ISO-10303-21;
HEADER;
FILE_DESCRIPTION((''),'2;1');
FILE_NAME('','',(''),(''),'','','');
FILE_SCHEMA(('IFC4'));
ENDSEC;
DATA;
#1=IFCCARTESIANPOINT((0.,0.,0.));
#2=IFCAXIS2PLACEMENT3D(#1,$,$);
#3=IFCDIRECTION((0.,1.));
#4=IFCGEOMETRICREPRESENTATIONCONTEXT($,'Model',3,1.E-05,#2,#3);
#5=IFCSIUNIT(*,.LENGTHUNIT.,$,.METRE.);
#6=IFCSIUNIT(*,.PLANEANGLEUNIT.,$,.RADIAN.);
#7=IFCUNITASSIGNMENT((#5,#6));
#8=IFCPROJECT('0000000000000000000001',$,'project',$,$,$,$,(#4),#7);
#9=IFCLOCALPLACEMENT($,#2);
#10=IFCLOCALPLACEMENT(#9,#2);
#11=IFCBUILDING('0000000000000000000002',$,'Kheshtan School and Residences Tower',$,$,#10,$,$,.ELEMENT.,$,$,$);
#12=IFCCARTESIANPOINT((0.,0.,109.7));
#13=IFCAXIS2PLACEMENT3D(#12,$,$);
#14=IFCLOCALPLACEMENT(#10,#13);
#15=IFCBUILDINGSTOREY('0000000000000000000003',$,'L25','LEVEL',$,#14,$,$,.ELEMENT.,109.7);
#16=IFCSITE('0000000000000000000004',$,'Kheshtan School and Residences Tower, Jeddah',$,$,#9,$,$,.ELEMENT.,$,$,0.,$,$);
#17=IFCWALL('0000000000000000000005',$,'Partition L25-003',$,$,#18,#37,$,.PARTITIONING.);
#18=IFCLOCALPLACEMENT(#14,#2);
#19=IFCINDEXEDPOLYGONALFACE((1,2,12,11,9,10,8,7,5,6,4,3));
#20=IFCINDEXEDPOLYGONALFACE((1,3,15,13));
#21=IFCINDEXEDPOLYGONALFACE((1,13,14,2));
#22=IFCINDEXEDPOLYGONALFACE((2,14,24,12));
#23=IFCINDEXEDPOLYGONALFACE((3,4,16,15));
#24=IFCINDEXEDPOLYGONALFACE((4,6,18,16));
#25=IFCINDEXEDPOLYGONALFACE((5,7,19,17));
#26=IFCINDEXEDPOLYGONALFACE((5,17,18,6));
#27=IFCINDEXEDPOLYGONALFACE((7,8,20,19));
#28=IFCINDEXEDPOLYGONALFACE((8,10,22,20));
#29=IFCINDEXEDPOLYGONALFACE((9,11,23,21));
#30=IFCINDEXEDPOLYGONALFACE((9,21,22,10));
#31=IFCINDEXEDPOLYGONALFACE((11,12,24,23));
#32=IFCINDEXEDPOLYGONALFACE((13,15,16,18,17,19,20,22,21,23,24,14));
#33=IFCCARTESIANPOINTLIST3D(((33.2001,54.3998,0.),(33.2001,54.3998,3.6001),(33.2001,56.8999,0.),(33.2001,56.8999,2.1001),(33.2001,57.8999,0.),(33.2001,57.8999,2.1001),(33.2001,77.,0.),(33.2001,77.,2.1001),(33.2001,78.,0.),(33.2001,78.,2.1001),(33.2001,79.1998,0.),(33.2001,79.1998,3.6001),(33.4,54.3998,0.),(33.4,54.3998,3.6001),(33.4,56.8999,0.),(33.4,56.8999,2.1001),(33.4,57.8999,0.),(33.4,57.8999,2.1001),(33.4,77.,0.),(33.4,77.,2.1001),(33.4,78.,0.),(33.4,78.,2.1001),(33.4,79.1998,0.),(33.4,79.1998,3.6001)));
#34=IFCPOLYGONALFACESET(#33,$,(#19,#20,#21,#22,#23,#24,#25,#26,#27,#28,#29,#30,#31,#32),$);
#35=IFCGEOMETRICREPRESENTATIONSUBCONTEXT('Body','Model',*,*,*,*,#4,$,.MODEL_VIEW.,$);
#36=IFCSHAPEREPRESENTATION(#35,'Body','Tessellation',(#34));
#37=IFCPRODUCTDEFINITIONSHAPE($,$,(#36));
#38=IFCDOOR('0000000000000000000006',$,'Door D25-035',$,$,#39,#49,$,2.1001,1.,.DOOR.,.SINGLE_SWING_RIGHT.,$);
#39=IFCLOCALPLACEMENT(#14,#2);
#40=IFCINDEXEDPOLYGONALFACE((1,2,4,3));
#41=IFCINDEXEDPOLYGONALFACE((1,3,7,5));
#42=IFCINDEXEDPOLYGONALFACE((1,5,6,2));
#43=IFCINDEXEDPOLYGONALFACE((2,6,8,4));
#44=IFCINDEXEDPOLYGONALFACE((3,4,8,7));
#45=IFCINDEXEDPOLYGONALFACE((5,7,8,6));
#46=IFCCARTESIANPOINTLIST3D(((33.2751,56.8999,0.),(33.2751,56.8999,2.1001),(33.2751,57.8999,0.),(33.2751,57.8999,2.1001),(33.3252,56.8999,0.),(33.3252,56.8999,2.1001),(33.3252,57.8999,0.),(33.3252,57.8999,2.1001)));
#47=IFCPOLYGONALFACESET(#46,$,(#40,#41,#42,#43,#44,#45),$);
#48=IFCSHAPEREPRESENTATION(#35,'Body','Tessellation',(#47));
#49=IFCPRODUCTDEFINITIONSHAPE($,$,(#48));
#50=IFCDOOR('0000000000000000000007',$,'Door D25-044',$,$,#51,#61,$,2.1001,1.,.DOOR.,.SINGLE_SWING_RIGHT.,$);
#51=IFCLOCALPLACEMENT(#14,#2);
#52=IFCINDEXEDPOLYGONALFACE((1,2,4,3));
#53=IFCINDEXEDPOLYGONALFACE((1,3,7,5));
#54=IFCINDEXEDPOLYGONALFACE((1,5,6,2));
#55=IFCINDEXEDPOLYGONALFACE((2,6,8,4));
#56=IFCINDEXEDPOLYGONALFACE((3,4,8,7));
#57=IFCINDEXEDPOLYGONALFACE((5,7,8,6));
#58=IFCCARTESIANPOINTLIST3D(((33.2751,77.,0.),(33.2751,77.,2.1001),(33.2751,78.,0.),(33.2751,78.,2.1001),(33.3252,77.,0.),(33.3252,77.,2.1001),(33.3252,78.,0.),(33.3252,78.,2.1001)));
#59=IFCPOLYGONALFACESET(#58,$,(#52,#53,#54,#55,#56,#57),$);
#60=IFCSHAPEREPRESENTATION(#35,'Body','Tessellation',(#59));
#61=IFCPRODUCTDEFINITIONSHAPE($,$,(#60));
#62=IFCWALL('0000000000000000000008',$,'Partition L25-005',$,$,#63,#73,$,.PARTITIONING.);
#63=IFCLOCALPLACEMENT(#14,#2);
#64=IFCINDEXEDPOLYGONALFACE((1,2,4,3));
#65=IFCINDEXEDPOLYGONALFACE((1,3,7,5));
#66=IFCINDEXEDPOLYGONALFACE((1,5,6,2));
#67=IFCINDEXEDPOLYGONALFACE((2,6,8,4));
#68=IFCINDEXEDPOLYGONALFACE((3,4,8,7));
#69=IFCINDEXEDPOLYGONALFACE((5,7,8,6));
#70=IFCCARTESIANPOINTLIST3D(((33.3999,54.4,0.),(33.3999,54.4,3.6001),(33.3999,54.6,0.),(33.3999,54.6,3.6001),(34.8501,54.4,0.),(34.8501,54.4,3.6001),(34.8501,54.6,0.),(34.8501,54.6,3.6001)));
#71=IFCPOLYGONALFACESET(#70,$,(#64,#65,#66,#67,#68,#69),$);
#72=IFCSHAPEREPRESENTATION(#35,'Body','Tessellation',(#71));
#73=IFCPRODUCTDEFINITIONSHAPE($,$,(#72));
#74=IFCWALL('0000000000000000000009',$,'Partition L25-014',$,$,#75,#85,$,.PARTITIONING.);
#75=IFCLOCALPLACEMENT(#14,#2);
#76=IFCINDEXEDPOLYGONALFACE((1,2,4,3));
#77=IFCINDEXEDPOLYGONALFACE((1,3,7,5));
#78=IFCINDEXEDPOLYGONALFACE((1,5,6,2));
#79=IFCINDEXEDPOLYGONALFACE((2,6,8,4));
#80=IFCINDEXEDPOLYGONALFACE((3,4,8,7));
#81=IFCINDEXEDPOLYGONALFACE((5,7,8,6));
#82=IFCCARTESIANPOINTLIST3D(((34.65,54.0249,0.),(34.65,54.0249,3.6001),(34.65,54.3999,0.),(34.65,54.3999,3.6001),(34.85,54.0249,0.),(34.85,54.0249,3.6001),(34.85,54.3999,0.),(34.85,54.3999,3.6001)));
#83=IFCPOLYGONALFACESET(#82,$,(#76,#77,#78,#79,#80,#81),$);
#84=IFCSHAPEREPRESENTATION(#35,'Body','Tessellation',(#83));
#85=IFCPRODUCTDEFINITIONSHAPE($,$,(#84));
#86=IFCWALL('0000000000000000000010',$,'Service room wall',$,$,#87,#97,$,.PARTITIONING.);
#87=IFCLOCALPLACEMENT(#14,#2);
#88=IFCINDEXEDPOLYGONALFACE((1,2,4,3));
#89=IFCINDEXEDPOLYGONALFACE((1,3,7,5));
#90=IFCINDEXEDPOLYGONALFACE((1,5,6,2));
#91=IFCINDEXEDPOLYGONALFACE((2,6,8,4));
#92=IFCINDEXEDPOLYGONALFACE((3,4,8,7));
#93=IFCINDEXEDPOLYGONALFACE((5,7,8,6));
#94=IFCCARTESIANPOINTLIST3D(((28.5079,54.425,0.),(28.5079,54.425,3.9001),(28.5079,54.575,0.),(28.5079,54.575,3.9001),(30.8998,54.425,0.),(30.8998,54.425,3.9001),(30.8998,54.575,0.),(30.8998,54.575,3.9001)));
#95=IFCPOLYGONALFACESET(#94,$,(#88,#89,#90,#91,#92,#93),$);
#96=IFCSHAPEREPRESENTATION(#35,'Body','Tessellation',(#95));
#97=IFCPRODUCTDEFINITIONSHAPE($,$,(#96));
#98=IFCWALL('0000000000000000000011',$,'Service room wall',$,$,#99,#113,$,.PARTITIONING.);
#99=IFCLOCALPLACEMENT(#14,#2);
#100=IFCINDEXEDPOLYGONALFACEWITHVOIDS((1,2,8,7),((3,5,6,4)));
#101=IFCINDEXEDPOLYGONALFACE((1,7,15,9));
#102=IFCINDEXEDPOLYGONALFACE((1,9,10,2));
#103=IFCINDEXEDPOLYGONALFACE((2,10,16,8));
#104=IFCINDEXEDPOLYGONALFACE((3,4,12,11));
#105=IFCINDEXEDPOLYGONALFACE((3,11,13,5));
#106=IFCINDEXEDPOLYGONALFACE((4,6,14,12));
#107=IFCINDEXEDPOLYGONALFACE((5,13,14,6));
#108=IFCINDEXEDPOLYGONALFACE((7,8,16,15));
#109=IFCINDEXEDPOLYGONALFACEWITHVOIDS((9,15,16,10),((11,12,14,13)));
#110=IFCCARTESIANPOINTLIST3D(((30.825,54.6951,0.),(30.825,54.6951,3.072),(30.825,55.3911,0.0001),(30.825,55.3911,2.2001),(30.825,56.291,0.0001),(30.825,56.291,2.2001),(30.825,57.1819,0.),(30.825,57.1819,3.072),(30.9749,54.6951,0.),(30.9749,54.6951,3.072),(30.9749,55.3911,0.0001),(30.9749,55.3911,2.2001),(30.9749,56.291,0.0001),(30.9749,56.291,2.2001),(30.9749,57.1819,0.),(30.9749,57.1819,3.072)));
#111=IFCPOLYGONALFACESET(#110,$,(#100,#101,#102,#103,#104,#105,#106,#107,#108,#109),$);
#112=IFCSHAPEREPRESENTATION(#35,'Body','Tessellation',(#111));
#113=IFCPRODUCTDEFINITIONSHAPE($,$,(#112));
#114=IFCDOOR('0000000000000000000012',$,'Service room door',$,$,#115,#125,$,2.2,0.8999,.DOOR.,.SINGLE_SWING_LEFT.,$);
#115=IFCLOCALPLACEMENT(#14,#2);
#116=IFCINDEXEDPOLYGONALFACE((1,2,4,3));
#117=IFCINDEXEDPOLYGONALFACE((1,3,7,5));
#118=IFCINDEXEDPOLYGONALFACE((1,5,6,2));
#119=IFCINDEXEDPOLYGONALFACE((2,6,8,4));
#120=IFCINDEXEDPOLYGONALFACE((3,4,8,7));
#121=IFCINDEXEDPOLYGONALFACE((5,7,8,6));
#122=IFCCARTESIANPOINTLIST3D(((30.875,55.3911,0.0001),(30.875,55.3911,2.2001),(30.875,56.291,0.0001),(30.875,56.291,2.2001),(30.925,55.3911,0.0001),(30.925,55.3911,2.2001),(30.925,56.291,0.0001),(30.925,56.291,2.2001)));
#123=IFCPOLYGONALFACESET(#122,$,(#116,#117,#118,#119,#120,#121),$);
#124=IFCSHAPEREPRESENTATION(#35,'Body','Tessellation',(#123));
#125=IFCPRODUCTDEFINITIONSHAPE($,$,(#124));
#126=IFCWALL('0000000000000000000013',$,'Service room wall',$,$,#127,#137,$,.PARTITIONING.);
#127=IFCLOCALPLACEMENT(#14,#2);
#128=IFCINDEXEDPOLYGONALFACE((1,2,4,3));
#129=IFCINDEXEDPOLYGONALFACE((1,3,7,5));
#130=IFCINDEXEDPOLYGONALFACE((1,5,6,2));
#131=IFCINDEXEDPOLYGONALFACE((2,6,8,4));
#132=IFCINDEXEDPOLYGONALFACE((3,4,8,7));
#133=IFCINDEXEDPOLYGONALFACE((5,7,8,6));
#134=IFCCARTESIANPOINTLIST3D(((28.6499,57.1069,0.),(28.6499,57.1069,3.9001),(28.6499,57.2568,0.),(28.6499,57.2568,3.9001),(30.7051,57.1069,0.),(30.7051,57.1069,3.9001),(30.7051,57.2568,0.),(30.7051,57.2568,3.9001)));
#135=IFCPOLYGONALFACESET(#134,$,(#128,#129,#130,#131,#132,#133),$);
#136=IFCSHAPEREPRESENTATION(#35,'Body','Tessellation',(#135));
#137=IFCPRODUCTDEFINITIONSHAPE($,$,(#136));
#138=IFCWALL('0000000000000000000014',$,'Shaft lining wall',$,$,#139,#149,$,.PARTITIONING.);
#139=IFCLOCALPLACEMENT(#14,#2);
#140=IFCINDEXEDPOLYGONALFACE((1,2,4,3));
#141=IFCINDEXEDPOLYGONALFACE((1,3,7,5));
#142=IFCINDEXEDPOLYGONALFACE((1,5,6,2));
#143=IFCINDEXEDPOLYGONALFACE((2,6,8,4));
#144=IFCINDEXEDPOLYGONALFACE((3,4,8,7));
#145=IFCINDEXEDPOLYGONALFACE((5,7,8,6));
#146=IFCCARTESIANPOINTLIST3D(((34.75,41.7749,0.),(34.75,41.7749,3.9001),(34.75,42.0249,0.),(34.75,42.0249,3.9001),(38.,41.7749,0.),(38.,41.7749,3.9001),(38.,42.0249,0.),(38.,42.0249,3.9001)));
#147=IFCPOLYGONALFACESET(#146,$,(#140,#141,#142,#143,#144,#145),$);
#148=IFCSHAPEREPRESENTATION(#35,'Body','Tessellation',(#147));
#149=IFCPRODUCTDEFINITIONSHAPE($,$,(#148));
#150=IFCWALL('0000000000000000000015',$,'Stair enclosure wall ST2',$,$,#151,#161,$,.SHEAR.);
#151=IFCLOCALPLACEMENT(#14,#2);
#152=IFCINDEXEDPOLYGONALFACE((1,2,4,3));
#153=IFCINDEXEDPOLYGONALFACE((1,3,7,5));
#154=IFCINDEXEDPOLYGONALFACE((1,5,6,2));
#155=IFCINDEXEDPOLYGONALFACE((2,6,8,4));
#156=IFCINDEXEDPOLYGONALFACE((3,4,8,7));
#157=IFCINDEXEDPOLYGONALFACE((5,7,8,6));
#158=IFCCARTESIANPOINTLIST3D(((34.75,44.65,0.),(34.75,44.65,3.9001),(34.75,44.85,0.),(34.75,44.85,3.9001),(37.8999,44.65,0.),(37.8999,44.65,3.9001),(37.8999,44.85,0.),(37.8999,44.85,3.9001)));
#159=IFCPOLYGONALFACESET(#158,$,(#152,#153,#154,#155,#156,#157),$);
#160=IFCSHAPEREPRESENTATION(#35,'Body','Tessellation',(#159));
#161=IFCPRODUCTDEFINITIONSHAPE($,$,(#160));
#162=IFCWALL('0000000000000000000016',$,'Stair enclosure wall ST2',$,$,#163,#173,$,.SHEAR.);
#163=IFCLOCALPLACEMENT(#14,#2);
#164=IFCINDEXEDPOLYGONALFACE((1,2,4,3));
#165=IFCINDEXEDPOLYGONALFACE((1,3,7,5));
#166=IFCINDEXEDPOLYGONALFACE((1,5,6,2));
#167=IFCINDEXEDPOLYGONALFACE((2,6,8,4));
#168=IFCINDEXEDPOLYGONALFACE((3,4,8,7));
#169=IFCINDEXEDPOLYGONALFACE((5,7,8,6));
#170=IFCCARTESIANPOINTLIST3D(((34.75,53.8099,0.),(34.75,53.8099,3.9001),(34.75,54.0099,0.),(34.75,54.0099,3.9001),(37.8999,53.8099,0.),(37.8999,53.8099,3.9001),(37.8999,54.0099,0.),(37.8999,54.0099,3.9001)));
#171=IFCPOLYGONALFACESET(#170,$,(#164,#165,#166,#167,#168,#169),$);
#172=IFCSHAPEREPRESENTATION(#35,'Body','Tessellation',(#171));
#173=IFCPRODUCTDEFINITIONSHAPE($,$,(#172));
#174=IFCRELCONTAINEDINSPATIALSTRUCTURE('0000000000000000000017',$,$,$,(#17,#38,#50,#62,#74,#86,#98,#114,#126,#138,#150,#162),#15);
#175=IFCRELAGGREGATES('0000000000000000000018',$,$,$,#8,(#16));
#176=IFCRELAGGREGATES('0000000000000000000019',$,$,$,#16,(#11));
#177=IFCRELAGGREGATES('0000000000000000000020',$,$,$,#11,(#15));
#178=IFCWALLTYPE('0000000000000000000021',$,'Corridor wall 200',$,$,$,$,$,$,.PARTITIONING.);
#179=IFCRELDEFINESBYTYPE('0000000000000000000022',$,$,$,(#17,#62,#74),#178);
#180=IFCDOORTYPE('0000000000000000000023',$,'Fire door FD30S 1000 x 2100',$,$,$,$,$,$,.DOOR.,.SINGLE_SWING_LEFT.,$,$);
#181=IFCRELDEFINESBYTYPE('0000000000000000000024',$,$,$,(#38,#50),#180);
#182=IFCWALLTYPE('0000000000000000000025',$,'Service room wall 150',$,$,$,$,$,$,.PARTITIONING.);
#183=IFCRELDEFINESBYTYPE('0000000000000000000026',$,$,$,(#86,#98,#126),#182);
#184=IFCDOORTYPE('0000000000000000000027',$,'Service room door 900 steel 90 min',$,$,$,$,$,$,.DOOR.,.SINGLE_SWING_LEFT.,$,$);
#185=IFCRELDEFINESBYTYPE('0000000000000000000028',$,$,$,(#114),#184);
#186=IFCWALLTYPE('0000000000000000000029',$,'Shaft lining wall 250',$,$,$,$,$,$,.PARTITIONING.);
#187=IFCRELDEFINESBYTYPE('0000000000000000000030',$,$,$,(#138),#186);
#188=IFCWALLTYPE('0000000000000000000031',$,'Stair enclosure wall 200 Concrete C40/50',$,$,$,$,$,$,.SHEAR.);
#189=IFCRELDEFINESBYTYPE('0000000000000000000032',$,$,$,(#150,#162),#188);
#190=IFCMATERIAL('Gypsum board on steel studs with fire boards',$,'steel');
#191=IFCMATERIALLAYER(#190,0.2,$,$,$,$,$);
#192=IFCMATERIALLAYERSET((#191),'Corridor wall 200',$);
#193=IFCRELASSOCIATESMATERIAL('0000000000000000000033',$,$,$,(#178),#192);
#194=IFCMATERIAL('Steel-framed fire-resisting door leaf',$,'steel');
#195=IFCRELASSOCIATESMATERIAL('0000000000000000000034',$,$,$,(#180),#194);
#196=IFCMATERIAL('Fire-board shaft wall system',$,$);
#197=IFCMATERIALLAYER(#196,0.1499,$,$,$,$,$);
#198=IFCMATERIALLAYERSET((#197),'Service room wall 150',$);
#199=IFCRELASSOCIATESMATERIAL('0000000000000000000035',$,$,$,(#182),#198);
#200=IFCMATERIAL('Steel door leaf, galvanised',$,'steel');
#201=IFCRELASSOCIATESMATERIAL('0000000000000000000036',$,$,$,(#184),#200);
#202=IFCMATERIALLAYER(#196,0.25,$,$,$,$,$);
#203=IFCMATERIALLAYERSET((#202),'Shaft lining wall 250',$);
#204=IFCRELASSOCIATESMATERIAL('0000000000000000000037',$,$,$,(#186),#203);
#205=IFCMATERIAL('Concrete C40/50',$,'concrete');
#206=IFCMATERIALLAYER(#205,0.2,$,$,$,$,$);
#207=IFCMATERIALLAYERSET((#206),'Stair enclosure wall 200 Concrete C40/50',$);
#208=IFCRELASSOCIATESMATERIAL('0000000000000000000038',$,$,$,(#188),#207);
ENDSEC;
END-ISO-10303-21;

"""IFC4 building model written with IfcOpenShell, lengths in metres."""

from ifc_helpers import new_model, si_unit, direction, frame, frame_2d, origin, place, context, subcontext, project, spatial, rectangle, extrude, source, transform, mapped, material, layer, layer_set, type_object, element, fill, save


model = new_model("IFC4")

# Units and contexts
model_context = context("Model", 3, precision=1e-05, world=origin(), true_north=direction((0.0, 1.0)))
body_context = subcontext(model_context, "Body", "Model", "MODEL_VIEW")
ifc_project = project(units=[si_unit("LENGTHUNIT", "METRE"), si_unit("PLANEANGLEUNIT", "RADIAN")], contexts=[model_context])

# Site, building, storey
site_placement = place(None, origin())
site = spatial("IfcSite", under=ifc_project, at=site_placement, Name="Kheshtan School and Residences Tower, Jeddah", CompositionType="ELEMENT", RefElevation=0.0)
building_placement = place(site_placement, origin())
building = spatial("IfcBuilding", under=site, at=building_placement, Name="Kheshtan School and Residences Tower", CompositionType="ELEMENT")
storey_placement = place(building_placement, frame((0.0, 0.0, 109.7)))
storey = spatial("IfcBuildingStorey", under=building, at=storey_placement, Name="L25", Description="LEVEL", CompositionType="ELEMENT", Elevation=109.7)

# Wall, openings, doors
ifc_material_1 = material(Name="Gypsum board on steel studs with fire boards", Category="steel")
ifc_layer_1 = layer(ifc_material_1, 0.2)
ifc_layer_set_1 = layer_set([ifc_layer_1], Name="Corridor wall 200")
wall_type_1 = type_object("IfcWallType", Name="Corridor wall 200", PredefinedType="PARTITIONING", material=ifc_layer_set_1)
wall_1_placement = place(storey_placement, frame((33.3, 54.3999, 0.0), z_axis=(0.0, 0.0, 1.0), x_axis=(0.0, 1.0, 0.0)))
wall_1 = element("IfcWall", 1, at=wall_1_placement, inside=storey, type_object=wall_type_1, Name="Partition L25-003", PredefinedType="PARTITIONING", context=body_context, shape_type="SweptSolid", body=[
    extrude(rectangle(XDim=24.8, YDim=0.2, at=frame_2d((12.3999, 0.0))), origin(), (0.0, 0.0, 1.0), 3.6001),
])
opening_1_placement = place(wall_1_placement, frame((2.5, 0.0, 0.0)))
opening_1 = element("IfcOpeningElement", 2, at=opening_1_placement, cuts=wall_1, PredefinedType="OPENING", context=body_context, shape_type="SweptSolid", body=[
    extrude(rectangle(XDim=1.0, YDim=2.1001, at=frame_2d((0.5, 1.05))), frame((0.0, 0.1099, 0.0), z_axis=(0.0, -1.0, 0.0), x_axis=(1.0, 0.0, 0.0)), (0.0, 0.0, 1.0), 0.22),
])
opening_2_placement = place(wall_1_placement, frame((22.6001, 0.0, 0.0)))
opening_2 = element("IfcOpeningElement", 3, at=opening_2_placement, cuts=wall_1, PredefinedType="OPENING", context=body_context, shape_type="SweptSolid", body=[
    extrude(rectangle(XDim=1.0, YDim=2.1001, at=frame_2d((0.5, 1.05))), frame((0.0, 0.1099, 0.0), z_axis=(0.0, -1.0, 0.0), x_axis=(1.0, 0.0, 0.0)), (0.0, 0.0, 1.0), 0.22),
])
ifc_material_2 = material(Name="Steel-framed fire-resisting door leaf", Category="steel")
door_type_1 = type_object("IfcDoorType", Name="Fire door FD30S 1000 x 2100", OperationType="SINGLE_SWING_LEFT", PredefinedType="DOOR", material=ifc_material_2)
shared_shape_1 = source(origin(), body_context, "Body", "SweptSolid", [
    extrude(rectangle(XDim=1.0, YDim=2.1001, at=frame_2d((0.5, 1.05))), frame((0.0, 0.0249, 0.0), z_axis=(0.0, -1.0, 0.0), x_axis=(1.0, 0.0, 0.0)), (0.0, 0.0, 1.0), 0.05),
])
door_1_placement = place(opening_1_placement, origin())
door_1 = element("IfcDoor", 4, at=door_1_placement, inside=storey, type_object=door_type_1, Name="Door D25-035", OperationType="SINGLE_SWING_RIGHT", OverallHeight=2.1001, OverallWidth=1.0, PredefinedType="DOOR", context=body_context, shape_type="MappedRepresentation", body=[
    mapped(shared_shape_1, transform((0.0, 0.0, 0.0), x_axis=(1.0, 0.0, 0.0), y_axis=(0.0, 1.0, 0.0), z_axis=(0.0, 0.0, 1.0), scale=1.0)),
])
fill(opening_1, door_1)
door_2_placement = place(opening_2_placement, origin())
door_2 = element("IfcDoor", 5, at=door_2_placement, inside=storey, type_object=door_type_1, Name="Door D25-044", OperationType="SINGLE_SWING_RIGHT", OverallHeight=2.1001, OverallWidth=1.0, PredefinedType="DOOR", context=body_context, shape_type="MappedRepresentation", body=[
    mapped(shared_shape_1, transform((0.0, 0.0, 0.0), x_axis=(1.0, 0.0, 0.0), y_axis=(0.0, 1.0, 0.0), z_axis=(0.0, 0.0, 1.0), scale=1.0)),
])
fill(opening_2, door_2)

# Walls
wall_2_placement = place(storey_placement, frame((33.3999, 54.5, 0.0), z_axis=(0.0, 0.0, 1.0), x_axis=(1.0, 0.0, 0.0)))
element("IfcWall", 6, at=wall_2_placement, inside=storey, type_object=wall_type_1, Name="Partition L25-005", PredefinedType="PARTITIONING", context=body_context, shape_type="SweptSolid", body=[
    extrude(rectangle(XDim=1.4502, YDim=0.2, at=frame_2d((0.7251, 0.0))), origin(), (0.0, 0.0, 1.0), 3.6001),
])
wall_3_placement = place(storey_placement, frame((34.75, 54.0249, 0.0), z_axis=(0.0, 0.0, 1.0), x_axis=(0.0, 1.0, 0.0)))
element("IfcWall", 7, at=wall_3_placement, inside=storey, type_object=wall_type_1, Name="Partition L25-014", PredefinedType="PARTITIONING", context=body_context, shape_type="SweptSolid", body=[
    extrude(rectangle(XDim=0.375, YDim=0.2, at=frame_2d((0.1875, 0.0))), origin(), (0.0, 0.0, 1.0), 3.6001),
])
ifc_material_3 = material(Name="Fire-board shaft wall system")
ifc_layer_2 = layer(ifc_material_3, 0.1499)
ifc_layer_set_2 = layer_set([ifc_layer_2], Name="Service room wall 150")
wall_type_2 = type_object("IfcWallType", Name="Service room wall 150", PredefinedType="PARTITIONING", material=ifc_layer_set_2)
wall_4_placement = place(storey_placement, frame((28.5081, 54.5, 0.0), z_axis=(0.0, 0.0, 1.0), x_axis=(1.0, 0.0, 0.0)))
element("IfcWall", 8, at=wall_4_placement, inside=storey, type_object=wall_type_2, Name="Service room wall", PredefinedType="PARTITIONING", context=body_context, shape_type="SweptSolid", body=[
    extrude(rectangle(XDim=2.3918, YDim=0.1499, at=frame_2d((1.1958, 0.0))), origin(), (0.0, 0.0, 1.0), 3.9001),
])

# Wall, opening, door
wall_5_placement = place(storey_placement, frame((30.8999, 54.6951, 0.0), z_axis=(0.0, 0.0, 1.0), x_axis=(0.0, 1.0, 0.0)))
wall_5 = element("IfcWall", 9, at=wall_5_placement, inside=storey, type_object=wall_type_2, Name="Service room wall", PredefinedType="PARTITIONING", context=body_context, shape_type="SweptSolid", body=[
    extrude(rectangle(XDim=2.4868, YDim=0.1499, at=frame_2d((1.2434, 0.0))), origin(), (0.0, 0.0, 1.0), 3.072),
])
opening_3_placement = place(wall_5_placement, frame((0.696, 0.0, 0.0)))
opening_3 = element("IfcOpeningElement", 10, at=opening_3_placement, cuts=wall_5, PredefinedType="OPENING", context=body_context, shape_type="SweptSolid", body=[
    extrude(rectangle(XDim=0.8999, YDim=2.2, at=frame_2d((0.45, 1.1001))), frame((0.0, 0.085, 0.0), z_axis=(0.0, -1.0, 0.0), x_axis=(1.0, 0.0, 0.0)), (0.0, 0.0, 1.0), 0.1699),
])
ifc_material_4 = material(Name="Steel door leaf, galvanised", Category="steel")
door_type_2 = type_object("IfcDoorType", Name="Service room door 900 steel 90 min", OperationType="SINGLE_SWING_LEFT", PredefinedType="DOOR", material=ifc_material_4)
shared_shape_2 = source(origin(), body_context, "Body", "SweptSolid", [
    extrude(rectangle(XDim=0.8999, YDim=2.2, at=frame_2d((0.45, 1.1001))), frame((0.0, 0.0249, 0.0), z_axis=(0.0, -1.0, 0.0), x_axis=(1.0, 0.0, 0.0)), (0.0, 0.0, 1.0), 0.05),
])
door_3_placement = place(opening_3_placement, origin())
door_3 = element("IfcDoor", 11, at=door_3_placement, inside=storey, type_object=door_type_2, Name="Service room door", OperationType="SINGLE_SWING_LEFT", OverallHeight=2.2, OverallWidth=0.8999, PredefinedType="DOOR", context=body_context, shape_type="MappedRepresentation", body=[
    mapped(shared_shape_2, transform((0.0, 0.0, 0.0), x_axis=(1.0, 0.0, 0.0), y_axis=(0.0, 1.0, 0.0), z_axis=(0.0, 0.0, 1.0), scale=1.0)),
])
fill(opening_3, door_3)

# Walls
wall_6_placement = place(storey_placement, frame((28.6499, 57.1819, 0.0), z_axis=(0.0, 0.0, 1.0), x_axis=(1.0, 0.0, 0.0)))
element("IfcWall", 12, at=wall_6_placement, inside=storey, type_object=wall_type_2, Name="Service room wall", PredefinedType="PARTITIONING", context=body_context, shape_type="SweptSolid", body=[
    extrude(rectangle(XDim=2.0552, YDim=0.1499, at=frame_2d((1.0276, 0.0))), origin(), (0.0, 0.0, 1.0), 3.9001),
])
ifc_layer_3 = layer(ifc_material_3, 0.25)
ifc_layer_set_3 = layer_set([ifc_layer_3], Name="Shaft lining wall 250")
wall_type_3 = type_object("IfcWallType", Name="Shaft lining wall 250", PredefinedType="PARTITIONING", material=ifc_layer_set_3)
wall_7_placement = place(storey_placement, frame((34.75, 41.8999, 0.0), z_axis=(0.0, 0.0, 1.0), x_axis=(1.0, 0.0, 0.0)))
element("IfcWall", 13, at=wall_7_placement, inside=storey, type_object=wall_type_3, Name="Shaft lining wall", PredefinedType="PARTITIONING", context=body_context, shape_type="SweptSolid", body=[
    extrude(rectangle(XDim=3.25, YDim=0.25, at=frame_2d((1.625, 0.0))), origin(), (0.0, 0.0, 1.0), 3.9001),
])
ifc_material_5 = material(Name="Concrete C40/50", Category="concrete")
ifc_layer_4 = layer(ifc_material_5, 0.2)
ifc_layer_set_4 = layer_set([ifc_layer_4], Name="Stair enclosure wall 200 Concrete C40/50")
wall_type_4 = type_object("IfcWallType", Name="Stair enclosure wall 200 Concrete C40/50", PredefinedType="SHEAR", material=ifc_layer_set_4)
for number, where, z_axis, x_axis, name in (
    (14, (34.75, 44.75, 0.0), (0.0, 0.0, 1.0), (1.0, 0.0, 0.0), "Stair enclosure wall ST2"),
    (15, (34.75, 53.9099, 0.0), (0.0, 0.0, 1.0), (1.0, 0.0, 0.0), "Stair enclosure wall ST2"),
):
    element("IfcWall", number, at=place(storey_placement, frame(where, z_axis=z_axis, x_axis=x_axis)), inside=storey, type_object=wall_type_4, Name=name, PredefinedType="SHEAR", context=body_context, shape_type="SweptSolid", body=[
        extrude(rectangle(XDim=3.1499, YDim=0.2, at=frame_2d((1.575, 0.0))), origin(), (0.0, 0.0, 1.0), 3.9001),
    ])

save(model, "model.ifc")
